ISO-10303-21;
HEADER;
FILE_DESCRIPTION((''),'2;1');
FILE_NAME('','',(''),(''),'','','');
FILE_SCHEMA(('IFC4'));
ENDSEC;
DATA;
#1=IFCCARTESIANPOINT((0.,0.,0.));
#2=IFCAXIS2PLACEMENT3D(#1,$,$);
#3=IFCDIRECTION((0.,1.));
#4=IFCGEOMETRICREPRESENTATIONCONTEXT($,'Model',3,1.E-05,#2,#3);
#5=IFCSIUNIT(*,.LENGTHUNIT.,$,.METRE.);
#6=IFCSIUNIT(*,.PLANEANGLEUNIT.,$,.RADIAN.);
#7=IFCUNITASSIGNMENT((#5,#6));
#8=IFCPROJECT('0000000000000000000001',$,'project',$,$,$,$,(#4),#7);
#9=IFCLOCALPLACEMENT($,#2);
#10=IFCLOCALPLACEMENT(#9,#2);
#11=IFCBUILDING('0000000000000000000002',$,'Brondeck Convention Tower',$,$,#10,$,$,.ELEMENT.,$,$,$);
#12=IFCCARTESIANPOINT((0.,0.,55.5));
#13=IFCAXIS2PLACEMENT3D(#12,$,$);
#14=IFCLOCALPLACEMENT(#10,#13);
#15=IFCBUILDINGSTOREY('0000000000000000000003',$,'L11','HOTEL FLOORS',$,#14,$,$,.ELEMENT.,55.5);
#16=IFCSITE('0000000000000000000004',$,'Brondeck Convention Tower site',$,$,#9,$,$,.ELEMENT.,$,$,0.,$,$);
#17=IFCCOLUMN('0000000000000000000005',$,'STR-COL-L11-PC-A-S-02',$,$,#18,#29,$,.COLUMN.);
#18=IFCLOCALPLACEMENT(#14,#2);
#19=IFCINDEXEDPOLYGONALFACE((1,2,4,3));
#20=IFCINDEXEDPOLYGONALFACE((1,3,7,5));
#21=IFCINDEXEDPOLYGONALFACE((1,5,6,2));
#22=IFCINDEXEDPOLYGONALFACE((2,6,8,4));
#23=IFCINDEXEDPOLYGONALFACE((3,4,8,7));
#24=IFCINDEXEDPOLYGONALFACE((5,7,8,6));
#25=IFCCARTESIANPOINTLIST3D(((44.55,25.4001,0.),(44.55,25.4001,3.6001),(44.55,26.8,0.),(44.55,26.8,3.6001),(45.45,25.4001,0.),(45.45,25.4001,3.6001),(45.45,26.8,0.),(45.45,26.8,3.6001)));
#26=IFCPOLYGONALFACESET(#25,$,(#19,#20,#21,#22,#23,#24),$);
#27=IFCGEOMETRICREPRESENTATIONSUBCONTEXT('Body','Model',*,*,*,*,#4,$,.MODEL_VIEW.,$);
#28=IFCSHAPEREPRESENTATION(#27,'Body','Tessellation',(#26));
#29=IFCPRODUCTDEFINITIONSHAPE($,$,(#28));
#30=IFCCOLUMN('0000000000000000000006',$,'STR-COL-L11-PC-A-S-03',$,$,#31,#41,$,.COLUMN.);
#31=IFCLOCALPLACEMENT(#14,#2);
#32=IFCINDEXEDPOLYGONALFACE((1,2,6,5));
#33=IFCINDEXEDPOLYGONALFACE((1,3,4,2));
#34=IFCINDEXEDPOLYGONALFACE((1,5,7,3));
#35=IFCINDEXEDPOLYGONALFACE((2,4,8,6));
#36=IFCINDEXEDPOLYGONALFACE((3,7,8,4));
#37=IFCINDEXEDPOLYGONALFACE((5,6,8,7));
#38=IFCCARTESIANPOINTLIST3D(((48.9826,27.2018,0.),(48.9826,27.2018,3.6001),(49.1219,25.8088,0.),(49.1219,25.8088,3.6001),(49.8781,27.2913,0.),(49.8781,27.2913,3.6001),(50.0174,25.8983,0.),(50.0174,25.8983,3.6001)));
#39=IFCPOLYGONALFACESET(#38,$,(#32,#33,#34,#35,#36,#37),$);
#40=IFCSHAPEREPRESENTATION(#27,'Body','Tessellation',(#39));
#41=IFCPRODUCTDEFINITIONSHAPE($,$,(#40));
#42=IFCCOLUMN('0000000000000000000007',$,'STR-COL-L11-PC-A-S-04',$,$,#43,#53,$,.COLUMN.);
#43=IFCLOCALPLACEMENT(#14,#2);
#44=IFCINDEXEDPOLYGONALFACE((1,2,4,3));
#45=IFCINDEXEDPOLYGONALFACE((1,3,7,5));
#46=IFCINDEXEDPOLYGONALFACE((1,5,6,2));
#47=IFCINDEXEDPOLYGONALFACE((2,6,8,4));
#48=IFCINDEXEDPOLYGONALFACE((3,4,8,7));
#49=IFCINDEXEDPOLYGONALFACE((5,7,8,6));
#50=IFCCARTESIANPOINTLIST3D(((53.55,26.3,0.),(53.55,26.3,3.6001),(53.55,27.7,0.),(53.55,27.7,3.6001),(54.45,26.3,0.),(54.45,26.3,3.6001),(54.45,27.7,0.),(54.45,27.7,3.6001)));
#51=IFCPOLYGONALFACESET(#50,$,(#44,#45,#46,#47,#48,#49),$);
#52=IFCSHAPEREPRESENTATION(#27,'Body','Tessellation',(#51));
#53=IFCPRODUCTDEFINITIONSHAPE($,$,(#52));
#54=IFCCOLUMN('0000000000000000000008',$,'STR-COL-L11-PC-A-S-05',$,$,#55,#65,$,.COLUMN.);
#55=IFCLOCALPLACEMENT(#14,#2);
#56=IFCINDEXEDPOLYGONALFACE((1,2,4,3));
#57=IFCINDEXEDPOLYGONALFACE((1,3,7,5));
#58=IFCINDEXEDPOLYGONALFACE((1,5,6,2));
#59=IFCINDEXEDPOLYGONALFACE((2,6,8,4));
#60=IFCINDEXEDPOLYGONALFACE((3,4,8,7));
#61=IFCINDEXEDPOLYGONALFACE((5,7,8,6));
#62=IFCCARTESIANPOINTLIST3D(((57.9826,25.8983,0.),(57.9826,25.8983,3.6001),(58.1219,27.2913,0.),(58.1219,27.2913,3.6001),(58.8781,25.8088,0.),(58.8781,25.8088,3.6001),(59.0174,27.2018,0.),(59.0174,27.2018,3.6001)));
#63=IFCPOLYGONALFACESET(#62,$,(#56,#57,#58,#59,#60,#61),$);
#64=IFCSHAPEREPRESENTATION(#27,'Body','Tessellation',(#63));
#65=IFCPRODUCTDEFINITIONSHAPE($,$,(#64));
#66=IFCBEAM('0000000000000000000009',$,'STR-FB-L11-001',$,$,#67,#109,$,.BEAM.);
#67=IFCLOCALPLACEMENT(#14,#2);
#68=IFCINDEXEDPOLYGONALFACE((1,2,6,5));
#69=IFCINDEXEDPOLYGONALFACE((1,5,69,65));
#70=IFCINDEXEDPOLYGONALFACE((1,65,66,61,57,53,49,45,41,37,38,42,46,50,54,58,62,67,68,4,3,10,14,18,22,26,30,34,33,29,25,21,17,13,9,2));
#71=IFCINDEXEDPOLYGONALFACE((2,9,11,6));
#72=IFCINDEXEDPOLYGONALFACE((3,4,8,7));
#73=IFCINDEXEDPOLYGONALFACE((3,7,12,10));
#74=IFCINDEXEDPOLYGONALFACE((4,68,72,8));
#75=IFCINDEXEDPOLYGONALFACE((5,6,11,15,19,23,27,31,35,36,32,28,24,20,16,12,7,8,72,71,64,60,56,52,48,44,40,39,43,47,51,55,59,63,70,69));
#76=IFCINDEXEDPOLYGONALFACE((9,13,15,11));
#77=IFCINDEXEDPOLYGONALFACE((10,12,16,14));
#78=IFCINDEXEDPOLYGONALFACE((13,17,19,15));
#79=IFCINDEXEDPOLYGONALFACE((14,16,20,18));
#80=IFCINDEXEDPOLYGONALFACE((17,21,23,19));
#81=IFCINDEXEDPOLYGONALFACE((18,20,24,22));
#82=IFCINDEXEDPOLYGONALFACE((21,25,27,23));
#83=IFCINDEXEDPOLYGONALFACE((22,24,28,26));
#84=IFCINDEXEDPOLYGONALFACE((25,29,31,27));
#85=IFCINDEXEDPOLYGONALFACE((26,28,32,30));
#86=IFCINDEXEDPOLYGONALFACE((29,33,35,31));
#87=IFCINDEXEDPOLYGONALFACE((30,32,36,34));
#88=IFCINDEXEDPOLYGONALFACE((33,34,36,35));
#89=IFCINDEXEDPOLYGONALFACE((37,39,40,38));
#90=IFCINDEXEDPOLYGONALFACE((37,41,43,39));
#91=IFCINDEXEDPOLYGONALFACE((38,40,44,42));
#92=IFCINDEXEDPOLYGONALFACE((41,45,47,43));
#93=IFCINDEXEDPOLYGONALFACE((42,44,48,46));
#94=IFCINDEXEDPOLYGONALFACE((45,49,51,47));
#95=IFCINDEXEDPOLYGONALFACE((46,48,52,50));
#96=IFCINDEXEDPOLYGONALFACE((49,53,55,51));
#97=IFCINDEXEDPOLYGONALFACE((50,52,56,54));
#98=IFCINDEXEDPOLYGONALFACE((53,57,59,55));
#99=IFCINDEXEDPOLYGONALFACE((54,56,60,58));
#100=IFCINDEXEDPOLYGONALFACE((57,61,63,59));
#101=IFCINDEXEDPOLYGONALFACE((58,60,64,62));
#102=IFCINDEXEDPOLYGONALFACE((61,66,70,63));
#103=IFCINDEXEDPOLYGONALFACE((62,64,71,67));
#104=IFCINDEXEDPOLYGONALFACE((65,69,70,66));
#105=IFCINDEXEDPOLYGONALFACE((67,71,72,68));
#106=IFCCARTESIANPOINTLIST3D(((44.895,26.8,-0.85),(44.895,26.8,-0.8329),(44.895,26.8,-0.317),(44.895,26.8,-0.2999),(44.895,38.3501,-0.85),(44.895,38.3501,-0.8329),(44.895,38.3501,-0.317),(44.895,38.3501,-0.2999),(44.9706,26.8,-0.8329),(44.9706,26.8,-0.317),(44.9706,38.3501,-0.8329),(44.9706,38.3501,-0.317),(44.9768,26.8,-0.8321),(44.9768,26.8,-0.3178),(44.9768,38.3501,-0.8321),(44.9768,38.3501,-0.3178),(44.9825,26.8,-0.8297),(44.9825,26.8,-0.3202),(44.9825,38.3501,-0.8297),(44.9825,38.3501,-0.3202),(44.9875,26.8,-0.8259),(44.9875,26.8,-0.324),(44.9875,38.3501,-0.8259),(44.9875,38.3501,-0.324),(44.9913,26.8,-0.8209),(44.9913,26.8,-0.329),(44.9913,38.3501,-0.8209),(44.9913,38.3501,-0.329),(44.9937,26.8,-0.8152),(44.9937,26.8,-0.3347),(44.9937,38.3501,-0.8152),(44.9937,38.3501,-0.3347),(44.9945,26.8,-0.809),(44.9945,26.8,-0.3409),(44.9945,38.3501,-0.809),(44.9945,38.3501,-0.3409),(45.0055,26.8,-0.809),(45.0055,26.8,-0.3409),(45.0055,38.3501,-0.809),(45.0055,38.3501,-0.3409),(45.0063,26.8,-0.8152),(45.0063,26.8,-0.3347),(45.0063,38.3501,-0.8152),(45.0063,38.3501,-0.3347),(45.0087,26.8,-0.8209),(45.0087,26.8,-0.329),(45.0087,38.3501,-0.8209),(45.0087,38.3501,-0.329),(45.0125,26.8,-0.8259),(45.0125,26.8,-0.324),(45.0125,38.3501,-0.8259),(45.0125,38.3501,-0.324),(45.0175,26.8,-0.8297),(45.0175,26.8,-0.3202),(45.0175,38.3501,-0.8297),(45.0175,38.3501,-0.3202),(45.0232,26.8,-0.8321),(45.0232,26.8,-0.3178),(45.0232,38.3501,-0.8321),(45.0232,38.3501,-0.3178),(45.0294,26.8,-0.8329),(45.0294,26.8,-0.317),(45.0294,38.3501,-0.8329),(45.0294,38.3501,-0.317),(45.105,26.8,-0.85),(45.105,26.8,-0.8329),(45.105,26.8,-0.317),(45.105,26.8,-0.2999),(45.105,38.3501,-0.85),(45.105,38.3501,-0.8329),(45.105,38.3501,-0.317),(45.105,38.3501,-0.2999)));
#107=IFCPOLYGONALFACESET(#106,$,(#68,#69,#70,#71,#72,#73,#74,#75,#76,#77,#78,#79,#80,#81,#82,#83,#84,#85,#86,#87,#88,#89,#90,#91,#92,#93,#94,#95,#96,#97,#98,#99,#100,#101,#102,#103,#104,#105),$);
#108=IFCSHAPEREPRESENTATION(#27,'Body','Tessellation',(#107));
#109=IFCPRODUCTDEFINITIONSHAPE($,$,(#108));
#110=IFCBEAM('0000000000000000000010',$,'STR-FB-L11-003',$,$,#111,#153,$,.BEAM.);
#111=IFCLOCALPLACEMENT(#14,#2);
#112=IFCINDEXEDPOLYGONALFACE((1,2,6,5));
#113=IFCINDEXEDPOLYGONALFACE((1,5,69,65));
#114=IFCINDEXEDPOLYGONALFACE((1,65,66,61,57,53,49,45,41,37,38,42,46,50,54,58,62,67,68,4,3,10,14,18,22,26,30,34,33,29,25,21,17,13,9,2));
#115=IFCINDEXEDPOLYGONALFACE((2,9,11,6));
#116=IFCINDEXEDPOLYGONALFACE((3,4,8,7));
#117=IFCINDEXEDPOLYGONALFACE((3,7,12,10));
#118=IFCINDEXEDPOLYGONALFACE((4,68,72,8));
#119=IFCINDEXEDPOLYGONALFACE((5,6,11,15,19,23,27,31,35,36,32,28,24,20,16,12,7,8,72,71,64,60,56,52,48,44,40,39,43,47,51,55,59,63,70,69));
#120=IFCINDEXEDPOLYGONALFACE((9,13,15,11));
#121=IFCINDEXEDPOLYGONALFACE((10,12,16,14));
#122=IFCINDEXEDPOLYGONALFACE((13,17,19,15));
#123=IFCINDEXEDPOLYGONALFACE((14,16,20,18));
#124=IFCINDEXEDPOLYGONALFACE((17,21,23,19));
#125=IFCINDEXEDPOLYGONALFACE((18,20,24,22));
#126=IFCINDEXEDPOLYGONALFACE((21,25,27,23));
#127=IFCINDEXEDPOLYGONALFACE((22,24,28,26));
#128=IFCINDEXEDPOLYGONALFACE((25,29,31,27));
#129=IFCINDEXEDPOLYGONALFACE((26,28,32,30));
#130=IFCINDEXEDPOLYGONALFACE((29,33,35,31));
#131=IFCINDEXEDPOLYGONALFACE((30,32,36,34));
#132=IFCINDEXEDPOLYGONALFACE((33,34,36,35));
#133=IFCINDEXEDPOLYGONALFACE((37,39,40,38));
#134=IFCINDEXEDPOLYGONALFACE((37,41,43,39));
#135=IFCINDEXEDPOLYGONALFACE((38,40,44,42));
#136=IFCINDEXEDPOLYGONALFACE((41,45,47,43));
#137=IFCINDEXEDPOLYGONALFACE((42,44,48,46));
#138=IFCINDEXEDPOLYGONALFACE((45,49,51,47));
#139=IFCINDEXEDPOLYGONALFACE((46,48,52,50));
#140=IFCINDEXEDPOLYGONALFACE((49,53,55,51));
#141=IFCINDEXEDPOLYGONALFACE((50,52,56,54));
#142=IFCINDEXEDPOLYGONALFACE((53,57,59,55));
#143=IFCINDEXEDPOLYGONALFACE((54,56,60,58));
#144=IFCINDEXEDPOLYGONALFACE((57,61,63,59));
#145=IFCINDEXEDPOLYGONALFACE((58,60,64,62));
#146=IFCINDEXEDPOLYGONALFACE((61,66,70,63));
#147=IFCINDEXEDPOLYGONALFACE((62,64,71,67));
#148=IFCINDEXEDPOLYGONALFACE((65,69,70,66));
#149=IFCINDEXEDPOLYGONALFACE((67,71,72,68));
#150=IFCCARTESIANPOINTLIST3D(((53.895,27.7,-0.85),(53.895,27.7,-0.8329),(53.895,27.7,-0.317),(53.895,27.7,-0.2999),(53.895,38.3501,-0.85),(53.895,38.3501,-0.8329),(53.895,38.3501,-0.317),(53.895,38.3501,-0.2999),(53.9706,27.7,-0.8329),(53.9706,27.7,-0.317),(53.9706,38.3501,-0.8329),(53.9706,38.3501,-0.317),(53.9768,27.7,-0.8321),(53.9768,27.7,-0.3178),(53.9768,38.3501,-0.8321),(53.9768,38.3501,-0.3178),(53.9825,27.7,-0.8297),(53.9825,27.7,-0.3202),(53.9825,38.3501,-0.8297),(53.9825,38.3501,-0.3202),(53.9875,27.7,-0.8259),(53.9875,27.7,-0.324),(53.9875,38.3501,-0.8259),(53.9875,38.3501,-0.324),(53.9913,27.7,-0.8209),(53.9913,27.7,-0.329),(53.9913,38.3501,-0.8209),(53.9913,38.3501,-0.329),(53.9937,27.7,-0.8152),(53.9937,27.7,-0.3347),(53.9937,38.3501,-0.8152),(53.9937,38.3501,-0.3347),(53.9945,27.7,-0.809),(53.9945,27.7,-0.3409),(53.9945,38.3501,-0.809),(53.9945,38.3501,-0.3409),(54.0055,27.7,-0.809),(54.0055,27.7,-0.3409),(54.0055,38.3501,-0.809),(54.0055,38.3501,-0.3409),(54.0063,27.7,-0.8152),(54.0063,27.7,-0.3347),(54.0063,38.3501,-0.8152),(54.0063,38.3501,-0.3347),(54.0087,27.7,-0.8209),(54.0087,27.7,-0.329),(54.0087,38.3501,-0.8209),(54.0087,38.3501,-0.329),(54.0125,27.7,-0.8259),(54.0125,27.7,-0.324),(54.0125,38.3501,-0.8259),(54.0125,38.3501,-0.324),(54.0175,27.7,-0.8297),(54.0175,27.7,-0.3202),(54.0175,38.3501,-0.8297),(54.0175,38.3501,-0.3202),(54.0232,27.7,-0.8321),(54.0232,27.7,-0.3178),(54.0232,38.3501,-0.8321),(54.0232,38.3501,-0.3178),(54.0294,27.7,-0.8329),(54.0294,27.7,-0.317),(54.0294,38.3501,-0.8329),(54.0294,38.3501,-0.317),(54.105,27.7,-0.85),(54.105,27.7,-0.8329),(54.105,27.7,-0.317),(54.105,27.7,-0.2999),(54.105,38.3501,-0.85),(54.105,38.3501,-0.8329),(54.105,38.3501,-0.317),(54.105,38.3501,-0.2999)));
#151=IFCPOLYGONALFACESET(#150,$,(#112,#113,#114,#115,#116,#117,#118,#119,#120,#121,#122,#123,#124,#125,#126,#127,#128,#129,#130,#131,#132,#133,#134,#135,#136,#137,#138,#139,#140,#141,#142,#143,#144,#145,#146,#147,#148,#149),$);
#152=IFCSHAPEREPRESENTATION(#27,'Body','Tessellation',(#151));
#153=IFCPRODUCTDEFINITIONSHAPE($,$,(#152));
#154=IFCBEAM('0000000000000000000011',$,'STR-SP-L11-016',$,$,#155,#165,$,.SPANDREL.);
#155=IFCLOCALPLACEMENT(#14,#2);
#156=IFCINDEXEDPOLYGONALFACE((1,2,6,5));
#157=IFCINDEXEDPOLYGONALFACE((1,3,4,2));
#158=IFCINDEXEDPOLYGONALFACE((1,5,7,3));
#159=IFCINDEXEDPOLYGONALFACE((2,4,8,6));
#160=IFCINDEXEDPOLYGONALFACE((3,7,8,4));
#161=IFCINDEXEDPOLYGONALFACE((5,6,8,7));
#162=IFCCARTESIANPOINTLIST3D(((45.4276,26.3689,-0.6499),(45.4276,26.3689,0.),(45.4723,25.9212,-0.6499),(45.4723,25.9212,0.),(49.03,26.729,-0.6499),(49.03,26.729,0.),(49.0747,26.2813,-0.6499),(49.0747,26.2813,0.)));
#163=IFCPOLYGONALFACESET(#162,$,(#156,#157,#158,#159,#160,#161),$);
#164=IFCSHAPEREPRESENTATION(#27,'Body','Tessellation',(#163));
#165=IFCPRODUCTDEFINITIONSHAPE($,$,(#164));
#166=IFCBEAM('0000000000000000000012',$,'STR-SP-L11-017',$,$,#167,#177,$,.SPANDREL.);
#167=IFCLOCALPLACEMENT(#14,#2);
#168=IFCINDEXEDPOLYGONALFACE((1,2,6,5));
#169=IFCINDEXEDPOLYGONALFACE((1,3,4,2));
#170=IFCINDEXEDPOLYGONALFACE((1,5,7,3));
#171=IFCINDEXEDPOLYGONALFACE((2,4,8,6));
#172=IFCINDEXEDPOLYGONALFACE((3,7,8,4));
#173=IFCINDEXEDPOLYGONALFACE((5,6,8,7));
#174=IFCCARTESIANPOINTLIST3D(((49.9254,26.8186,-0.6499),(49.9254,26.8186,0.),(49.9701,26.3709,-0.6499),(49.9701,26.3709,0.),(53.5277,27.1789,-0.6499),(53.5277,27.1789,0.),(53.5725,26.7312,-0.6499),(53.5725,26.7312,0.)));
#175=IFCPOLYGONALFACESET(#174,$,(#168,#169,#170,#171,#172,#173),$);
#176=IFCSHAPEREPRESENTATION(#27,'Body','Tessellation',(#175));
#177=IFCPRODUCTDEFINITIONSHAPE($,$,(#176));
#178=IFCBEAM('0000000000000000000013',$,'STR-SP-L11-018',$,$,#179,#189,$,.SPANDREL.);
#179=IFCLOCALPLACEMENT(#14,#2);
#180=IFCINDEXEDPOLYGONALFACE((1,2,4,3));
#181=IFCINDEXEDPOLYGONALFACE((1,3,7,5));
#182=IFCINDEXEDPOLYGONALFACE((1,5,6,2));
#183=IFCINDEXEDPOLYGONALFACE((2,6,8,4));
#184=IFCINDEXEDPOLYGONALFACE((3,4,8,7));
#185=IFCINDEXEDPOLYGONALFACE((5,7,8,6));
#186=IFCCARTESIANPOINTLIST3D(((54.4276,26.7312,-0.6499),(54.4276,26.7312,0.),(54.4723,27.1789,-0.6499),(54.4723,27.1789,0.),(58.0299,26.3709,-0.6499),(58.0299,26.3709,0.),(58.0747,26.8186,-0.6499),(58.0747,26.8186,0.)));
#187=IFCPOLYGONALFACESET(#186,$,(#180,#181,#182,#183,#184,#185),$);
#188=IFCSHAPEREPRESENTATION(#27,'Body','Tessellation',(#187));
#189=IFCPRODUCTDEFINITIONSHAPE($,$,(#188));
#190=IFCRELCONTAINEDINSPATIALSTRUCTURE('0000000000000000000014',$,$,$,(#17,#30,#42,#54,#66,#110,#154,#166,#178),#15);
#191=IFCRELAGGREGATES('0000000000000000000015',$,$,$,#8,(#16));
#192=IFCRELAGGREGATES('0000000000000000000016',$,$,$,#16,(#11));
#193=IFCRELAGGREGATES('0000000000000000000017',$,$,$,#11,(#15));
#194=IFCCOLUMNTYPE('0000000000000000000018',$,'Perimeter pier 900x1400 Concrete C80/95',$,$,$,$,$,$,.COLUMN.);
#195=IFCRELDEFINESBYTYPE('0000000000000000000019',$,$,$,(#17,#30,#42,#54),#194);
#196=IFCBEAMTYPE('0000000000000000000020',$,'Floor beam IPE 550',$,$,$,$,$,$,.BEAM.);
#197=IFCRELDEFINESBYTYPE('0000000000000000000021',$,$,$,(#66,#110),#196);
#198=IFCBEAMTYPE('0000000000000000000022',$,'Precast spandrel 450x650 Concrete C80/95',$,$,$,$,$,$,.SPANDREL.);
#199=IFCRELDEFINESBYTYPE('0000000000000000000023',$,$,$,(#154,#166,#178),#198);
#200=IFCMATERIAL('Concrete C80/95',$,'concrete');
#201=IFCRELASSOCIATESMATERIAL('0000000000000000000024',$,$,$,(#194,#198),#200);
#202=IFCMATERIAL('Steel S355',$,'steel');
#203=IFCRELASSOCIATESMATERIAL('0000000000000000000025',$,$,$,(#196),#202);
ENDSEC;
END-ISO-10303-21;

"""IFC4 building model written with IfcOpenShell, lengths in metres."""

from ifc_helpers import new_model, si_unit, direction, frame, origin, origin_2d, place, context, subcontext, project, spatial, rectangle, i_section, extrude, material, material_profile, profile_set, type_object, element, save


model = new_model("IFC4")

# Units and contexts
model_context = context("Model", 3, precision=1e-05, world=origin(), true_north=direction((0.0, 1.0)))
body_context = subcontext(model_context, "Body", "Model", "MODEL_VIEW")
ifc_project = project(units=[si_unit("LENGTHUNIT", "METRE"), si_unit("PLANEANGLEUNIT", "RADIAN")], contexts=[model_context])

# Site, building, storey
site_placement = place(None, origin())
site = spatial("IfcSite", under=ifc_project, at=site_placement, Name="Brondeck Convention Tower site", CompositionType="ELEMENT", RefElevation=0.0)
building_placement = place(site_placement, origin())
building = spatial("IfcBuilding", under=site, at=building_placement, Name="Brondeck Convention Tower", CompositionType="ELEMENT")
storey_placement = place(building_placement, frame((0.0, 0.0, 55.5)))
storey = spatial("IfcBuildingStorey", under=building, at=storey_placement, Name="L11", Description="HOTEL FLOORS", CompositionType="ELEMENT", Elevation=55.5)

# Columns
ifc_material_1 = material(Name="Concrete C80/95", Category="concrete")
ifc_material_profile_1 = material_profile(ifc_material_1, rectangle(XDim=0.8999, YDim=1.3999, at=origin_2d()), Name="Perimeter pier 900x1400 Concrete C80/95")
ifc_profile_set_1 = profile_set([ifc_material_profile_1], Name="Concrete C80/95")
column_type = type_object("IfcColumnType", Name="Perimeter pier 900x1400 Concrete C80/95", PredefinedType="COLUMN", material=ifc_profile_set_1)
for number, where, z_axis, x_axis, name in (
    (1, (45.0, 26.1001, 0.0), (0.0, 0.0, 1.0), (1.0, 0.0, 0.0), "STR-COL-L11-PC-A-S-02"),
    (2, (49.5, 26.55, 0.0), (0.0, 0.0, 1.0), (0.995037, 0.099504, 0.0), "STR-COL-L11-PC-A-S-03"),
    (3, (54.0, 27.0, 0.0), (0.0, 0.0, 1.0), (1.0, 0.0, 0.0), "STR-COL-L11-PC-A-S-04"),
    (4, (58.5, 26.55, 0.0), (0.0, 0.0, 1.0), (0.995037, -0.099504, 0.0), "STR-COL-L11-PC-A-S-05"),
):
    element("IfcColumn", number, at=place(storey_placement, frame(where, z_axis=z_axis, x_axis=x_axis)), inside=storey, type_object=column_type, Name=name, PredefinedType="COLUMN", context=body_context, shape_type="SweptSolid", body=[
        extrude(rectangle(XDim=0.8999, YDim=1.3999, at=origin_2d()), origin(), (0.0, 0.0, 1.0), 3.6001),
    ])

# Beams
ifc_material_2 = material(Name="Steel S355", Category="steel")
ifc_material_profile_2 = material_profile(ifc_material_2, i_section(OverallWidth=0.21, OverallDepth=0.55, WebThickness=0.011, FlangeThickness=0.0171, FilletRadius=0.0239, at=origin_2d()), Name="IPE 550")
ifc_profile_set_2 = profile_set([ifc_material_profile_2], Name="Steel S355")
beam_type_1 = type_object("IfcBeamType", Name="Floor beam IPE 550", PredefinedType="BEAM", material=ifc_profile_set_2)
beam_1_placement = place(storey_placement, frame((45.0, 26.8, -0.575), z_axis=(0.0, 1.0, 0.0), x_axis=(-1.0, 0.0, 0.0)))
element("IfcBeam", 5, at=beam_1_placement, inside=storey, type_object=beam_type_1, Name="STR-FB-L11-001", PredefinedType="BEAM", context=body_context, shape_type="SweptSolid", body=[
    extrude(i_section(OverallWidth=0.21, OverallDepth=0.55, WebThickness=0.011, FlangeThickness=0.0171, FilletRadius=0.0239, at=origin_2d()), origin(), (0.0, 0.0, 1.0), 11.55),
])
beam_2_placement = place(storey_placement, frame((54.0, 27.7, -0.575), z_axis=(0.0, 1.0, 0.0), x_axis=(-1.0, 0.0, 0.0)))
element("IfcBeam", 6, at=beam_2_placement, inside=storey, type_object=beam_type_1, Name="STR-FB-L11-003", PredefinedType="BEAM", context=body_context, shape_type="SweptSolid", body=[
    extrude(i_section(OverallWidth=0.21, OverallDepth=0.55, WebThickness=0.011, FlangeThickness=0.0171, FilletRadius=0.0239, at=origin_2d()), origin(), (0.0, 0.0, 1.0), 10.6501),
])
ifc_material_profile_3 = material_profile(ifc_material_1, rectangle(XDim=0.45, YDim=0.6499, at=origin_2d()), Name="Precast spandrel 450x650 Concrete C80/95")
ifc_profile_set_3 = profile_set([ifc_material_profile_3], Name="Concrete C80/95")
beam_type_2 = type_object("IfcBeamType", Name="Precast spandrel 450x650 Concrete C80/95", PredefinedType="SPANDREL", material=ifc_profile_set_3)
for number, where, z_axis, x_axis, name in (
    (7, (45.45, 26.145, -0.325), (0.995041, 0.09947, 0.0), (-0.09947, 0.995041, 0.0), "STR-SP-L11-016"),
    (8, (49.9478, 26.5947, -0.325), (0.995034, 0.099537, 0.0), (-0.099537, 0.995034, 0.0), "STR-SP-L11-017"),
    (9, (54.45, 26.9551, -0.325), (0.995034, -0.099537, 0.0), (0.099537, 0.995034, 0.0), "STR-SP-L11-018"),
):
    element("IfcBeam", number, at=place(storey_placement, frame(where, z_axis=z_axis, x_axis=x_axis)), inside=storey, type_object=beam_type_2, Name=name, PredefinedType="SPANDREL", context=body_context, shape_type="SweptSolid", body=[
        extrude(rectangle(XDim=0.45, YDim=0.6499, at=origin_2d()), origin(), (0.0, 0.0, 1.0), 3.6204),
    ])

save(model, "model.ifc")
